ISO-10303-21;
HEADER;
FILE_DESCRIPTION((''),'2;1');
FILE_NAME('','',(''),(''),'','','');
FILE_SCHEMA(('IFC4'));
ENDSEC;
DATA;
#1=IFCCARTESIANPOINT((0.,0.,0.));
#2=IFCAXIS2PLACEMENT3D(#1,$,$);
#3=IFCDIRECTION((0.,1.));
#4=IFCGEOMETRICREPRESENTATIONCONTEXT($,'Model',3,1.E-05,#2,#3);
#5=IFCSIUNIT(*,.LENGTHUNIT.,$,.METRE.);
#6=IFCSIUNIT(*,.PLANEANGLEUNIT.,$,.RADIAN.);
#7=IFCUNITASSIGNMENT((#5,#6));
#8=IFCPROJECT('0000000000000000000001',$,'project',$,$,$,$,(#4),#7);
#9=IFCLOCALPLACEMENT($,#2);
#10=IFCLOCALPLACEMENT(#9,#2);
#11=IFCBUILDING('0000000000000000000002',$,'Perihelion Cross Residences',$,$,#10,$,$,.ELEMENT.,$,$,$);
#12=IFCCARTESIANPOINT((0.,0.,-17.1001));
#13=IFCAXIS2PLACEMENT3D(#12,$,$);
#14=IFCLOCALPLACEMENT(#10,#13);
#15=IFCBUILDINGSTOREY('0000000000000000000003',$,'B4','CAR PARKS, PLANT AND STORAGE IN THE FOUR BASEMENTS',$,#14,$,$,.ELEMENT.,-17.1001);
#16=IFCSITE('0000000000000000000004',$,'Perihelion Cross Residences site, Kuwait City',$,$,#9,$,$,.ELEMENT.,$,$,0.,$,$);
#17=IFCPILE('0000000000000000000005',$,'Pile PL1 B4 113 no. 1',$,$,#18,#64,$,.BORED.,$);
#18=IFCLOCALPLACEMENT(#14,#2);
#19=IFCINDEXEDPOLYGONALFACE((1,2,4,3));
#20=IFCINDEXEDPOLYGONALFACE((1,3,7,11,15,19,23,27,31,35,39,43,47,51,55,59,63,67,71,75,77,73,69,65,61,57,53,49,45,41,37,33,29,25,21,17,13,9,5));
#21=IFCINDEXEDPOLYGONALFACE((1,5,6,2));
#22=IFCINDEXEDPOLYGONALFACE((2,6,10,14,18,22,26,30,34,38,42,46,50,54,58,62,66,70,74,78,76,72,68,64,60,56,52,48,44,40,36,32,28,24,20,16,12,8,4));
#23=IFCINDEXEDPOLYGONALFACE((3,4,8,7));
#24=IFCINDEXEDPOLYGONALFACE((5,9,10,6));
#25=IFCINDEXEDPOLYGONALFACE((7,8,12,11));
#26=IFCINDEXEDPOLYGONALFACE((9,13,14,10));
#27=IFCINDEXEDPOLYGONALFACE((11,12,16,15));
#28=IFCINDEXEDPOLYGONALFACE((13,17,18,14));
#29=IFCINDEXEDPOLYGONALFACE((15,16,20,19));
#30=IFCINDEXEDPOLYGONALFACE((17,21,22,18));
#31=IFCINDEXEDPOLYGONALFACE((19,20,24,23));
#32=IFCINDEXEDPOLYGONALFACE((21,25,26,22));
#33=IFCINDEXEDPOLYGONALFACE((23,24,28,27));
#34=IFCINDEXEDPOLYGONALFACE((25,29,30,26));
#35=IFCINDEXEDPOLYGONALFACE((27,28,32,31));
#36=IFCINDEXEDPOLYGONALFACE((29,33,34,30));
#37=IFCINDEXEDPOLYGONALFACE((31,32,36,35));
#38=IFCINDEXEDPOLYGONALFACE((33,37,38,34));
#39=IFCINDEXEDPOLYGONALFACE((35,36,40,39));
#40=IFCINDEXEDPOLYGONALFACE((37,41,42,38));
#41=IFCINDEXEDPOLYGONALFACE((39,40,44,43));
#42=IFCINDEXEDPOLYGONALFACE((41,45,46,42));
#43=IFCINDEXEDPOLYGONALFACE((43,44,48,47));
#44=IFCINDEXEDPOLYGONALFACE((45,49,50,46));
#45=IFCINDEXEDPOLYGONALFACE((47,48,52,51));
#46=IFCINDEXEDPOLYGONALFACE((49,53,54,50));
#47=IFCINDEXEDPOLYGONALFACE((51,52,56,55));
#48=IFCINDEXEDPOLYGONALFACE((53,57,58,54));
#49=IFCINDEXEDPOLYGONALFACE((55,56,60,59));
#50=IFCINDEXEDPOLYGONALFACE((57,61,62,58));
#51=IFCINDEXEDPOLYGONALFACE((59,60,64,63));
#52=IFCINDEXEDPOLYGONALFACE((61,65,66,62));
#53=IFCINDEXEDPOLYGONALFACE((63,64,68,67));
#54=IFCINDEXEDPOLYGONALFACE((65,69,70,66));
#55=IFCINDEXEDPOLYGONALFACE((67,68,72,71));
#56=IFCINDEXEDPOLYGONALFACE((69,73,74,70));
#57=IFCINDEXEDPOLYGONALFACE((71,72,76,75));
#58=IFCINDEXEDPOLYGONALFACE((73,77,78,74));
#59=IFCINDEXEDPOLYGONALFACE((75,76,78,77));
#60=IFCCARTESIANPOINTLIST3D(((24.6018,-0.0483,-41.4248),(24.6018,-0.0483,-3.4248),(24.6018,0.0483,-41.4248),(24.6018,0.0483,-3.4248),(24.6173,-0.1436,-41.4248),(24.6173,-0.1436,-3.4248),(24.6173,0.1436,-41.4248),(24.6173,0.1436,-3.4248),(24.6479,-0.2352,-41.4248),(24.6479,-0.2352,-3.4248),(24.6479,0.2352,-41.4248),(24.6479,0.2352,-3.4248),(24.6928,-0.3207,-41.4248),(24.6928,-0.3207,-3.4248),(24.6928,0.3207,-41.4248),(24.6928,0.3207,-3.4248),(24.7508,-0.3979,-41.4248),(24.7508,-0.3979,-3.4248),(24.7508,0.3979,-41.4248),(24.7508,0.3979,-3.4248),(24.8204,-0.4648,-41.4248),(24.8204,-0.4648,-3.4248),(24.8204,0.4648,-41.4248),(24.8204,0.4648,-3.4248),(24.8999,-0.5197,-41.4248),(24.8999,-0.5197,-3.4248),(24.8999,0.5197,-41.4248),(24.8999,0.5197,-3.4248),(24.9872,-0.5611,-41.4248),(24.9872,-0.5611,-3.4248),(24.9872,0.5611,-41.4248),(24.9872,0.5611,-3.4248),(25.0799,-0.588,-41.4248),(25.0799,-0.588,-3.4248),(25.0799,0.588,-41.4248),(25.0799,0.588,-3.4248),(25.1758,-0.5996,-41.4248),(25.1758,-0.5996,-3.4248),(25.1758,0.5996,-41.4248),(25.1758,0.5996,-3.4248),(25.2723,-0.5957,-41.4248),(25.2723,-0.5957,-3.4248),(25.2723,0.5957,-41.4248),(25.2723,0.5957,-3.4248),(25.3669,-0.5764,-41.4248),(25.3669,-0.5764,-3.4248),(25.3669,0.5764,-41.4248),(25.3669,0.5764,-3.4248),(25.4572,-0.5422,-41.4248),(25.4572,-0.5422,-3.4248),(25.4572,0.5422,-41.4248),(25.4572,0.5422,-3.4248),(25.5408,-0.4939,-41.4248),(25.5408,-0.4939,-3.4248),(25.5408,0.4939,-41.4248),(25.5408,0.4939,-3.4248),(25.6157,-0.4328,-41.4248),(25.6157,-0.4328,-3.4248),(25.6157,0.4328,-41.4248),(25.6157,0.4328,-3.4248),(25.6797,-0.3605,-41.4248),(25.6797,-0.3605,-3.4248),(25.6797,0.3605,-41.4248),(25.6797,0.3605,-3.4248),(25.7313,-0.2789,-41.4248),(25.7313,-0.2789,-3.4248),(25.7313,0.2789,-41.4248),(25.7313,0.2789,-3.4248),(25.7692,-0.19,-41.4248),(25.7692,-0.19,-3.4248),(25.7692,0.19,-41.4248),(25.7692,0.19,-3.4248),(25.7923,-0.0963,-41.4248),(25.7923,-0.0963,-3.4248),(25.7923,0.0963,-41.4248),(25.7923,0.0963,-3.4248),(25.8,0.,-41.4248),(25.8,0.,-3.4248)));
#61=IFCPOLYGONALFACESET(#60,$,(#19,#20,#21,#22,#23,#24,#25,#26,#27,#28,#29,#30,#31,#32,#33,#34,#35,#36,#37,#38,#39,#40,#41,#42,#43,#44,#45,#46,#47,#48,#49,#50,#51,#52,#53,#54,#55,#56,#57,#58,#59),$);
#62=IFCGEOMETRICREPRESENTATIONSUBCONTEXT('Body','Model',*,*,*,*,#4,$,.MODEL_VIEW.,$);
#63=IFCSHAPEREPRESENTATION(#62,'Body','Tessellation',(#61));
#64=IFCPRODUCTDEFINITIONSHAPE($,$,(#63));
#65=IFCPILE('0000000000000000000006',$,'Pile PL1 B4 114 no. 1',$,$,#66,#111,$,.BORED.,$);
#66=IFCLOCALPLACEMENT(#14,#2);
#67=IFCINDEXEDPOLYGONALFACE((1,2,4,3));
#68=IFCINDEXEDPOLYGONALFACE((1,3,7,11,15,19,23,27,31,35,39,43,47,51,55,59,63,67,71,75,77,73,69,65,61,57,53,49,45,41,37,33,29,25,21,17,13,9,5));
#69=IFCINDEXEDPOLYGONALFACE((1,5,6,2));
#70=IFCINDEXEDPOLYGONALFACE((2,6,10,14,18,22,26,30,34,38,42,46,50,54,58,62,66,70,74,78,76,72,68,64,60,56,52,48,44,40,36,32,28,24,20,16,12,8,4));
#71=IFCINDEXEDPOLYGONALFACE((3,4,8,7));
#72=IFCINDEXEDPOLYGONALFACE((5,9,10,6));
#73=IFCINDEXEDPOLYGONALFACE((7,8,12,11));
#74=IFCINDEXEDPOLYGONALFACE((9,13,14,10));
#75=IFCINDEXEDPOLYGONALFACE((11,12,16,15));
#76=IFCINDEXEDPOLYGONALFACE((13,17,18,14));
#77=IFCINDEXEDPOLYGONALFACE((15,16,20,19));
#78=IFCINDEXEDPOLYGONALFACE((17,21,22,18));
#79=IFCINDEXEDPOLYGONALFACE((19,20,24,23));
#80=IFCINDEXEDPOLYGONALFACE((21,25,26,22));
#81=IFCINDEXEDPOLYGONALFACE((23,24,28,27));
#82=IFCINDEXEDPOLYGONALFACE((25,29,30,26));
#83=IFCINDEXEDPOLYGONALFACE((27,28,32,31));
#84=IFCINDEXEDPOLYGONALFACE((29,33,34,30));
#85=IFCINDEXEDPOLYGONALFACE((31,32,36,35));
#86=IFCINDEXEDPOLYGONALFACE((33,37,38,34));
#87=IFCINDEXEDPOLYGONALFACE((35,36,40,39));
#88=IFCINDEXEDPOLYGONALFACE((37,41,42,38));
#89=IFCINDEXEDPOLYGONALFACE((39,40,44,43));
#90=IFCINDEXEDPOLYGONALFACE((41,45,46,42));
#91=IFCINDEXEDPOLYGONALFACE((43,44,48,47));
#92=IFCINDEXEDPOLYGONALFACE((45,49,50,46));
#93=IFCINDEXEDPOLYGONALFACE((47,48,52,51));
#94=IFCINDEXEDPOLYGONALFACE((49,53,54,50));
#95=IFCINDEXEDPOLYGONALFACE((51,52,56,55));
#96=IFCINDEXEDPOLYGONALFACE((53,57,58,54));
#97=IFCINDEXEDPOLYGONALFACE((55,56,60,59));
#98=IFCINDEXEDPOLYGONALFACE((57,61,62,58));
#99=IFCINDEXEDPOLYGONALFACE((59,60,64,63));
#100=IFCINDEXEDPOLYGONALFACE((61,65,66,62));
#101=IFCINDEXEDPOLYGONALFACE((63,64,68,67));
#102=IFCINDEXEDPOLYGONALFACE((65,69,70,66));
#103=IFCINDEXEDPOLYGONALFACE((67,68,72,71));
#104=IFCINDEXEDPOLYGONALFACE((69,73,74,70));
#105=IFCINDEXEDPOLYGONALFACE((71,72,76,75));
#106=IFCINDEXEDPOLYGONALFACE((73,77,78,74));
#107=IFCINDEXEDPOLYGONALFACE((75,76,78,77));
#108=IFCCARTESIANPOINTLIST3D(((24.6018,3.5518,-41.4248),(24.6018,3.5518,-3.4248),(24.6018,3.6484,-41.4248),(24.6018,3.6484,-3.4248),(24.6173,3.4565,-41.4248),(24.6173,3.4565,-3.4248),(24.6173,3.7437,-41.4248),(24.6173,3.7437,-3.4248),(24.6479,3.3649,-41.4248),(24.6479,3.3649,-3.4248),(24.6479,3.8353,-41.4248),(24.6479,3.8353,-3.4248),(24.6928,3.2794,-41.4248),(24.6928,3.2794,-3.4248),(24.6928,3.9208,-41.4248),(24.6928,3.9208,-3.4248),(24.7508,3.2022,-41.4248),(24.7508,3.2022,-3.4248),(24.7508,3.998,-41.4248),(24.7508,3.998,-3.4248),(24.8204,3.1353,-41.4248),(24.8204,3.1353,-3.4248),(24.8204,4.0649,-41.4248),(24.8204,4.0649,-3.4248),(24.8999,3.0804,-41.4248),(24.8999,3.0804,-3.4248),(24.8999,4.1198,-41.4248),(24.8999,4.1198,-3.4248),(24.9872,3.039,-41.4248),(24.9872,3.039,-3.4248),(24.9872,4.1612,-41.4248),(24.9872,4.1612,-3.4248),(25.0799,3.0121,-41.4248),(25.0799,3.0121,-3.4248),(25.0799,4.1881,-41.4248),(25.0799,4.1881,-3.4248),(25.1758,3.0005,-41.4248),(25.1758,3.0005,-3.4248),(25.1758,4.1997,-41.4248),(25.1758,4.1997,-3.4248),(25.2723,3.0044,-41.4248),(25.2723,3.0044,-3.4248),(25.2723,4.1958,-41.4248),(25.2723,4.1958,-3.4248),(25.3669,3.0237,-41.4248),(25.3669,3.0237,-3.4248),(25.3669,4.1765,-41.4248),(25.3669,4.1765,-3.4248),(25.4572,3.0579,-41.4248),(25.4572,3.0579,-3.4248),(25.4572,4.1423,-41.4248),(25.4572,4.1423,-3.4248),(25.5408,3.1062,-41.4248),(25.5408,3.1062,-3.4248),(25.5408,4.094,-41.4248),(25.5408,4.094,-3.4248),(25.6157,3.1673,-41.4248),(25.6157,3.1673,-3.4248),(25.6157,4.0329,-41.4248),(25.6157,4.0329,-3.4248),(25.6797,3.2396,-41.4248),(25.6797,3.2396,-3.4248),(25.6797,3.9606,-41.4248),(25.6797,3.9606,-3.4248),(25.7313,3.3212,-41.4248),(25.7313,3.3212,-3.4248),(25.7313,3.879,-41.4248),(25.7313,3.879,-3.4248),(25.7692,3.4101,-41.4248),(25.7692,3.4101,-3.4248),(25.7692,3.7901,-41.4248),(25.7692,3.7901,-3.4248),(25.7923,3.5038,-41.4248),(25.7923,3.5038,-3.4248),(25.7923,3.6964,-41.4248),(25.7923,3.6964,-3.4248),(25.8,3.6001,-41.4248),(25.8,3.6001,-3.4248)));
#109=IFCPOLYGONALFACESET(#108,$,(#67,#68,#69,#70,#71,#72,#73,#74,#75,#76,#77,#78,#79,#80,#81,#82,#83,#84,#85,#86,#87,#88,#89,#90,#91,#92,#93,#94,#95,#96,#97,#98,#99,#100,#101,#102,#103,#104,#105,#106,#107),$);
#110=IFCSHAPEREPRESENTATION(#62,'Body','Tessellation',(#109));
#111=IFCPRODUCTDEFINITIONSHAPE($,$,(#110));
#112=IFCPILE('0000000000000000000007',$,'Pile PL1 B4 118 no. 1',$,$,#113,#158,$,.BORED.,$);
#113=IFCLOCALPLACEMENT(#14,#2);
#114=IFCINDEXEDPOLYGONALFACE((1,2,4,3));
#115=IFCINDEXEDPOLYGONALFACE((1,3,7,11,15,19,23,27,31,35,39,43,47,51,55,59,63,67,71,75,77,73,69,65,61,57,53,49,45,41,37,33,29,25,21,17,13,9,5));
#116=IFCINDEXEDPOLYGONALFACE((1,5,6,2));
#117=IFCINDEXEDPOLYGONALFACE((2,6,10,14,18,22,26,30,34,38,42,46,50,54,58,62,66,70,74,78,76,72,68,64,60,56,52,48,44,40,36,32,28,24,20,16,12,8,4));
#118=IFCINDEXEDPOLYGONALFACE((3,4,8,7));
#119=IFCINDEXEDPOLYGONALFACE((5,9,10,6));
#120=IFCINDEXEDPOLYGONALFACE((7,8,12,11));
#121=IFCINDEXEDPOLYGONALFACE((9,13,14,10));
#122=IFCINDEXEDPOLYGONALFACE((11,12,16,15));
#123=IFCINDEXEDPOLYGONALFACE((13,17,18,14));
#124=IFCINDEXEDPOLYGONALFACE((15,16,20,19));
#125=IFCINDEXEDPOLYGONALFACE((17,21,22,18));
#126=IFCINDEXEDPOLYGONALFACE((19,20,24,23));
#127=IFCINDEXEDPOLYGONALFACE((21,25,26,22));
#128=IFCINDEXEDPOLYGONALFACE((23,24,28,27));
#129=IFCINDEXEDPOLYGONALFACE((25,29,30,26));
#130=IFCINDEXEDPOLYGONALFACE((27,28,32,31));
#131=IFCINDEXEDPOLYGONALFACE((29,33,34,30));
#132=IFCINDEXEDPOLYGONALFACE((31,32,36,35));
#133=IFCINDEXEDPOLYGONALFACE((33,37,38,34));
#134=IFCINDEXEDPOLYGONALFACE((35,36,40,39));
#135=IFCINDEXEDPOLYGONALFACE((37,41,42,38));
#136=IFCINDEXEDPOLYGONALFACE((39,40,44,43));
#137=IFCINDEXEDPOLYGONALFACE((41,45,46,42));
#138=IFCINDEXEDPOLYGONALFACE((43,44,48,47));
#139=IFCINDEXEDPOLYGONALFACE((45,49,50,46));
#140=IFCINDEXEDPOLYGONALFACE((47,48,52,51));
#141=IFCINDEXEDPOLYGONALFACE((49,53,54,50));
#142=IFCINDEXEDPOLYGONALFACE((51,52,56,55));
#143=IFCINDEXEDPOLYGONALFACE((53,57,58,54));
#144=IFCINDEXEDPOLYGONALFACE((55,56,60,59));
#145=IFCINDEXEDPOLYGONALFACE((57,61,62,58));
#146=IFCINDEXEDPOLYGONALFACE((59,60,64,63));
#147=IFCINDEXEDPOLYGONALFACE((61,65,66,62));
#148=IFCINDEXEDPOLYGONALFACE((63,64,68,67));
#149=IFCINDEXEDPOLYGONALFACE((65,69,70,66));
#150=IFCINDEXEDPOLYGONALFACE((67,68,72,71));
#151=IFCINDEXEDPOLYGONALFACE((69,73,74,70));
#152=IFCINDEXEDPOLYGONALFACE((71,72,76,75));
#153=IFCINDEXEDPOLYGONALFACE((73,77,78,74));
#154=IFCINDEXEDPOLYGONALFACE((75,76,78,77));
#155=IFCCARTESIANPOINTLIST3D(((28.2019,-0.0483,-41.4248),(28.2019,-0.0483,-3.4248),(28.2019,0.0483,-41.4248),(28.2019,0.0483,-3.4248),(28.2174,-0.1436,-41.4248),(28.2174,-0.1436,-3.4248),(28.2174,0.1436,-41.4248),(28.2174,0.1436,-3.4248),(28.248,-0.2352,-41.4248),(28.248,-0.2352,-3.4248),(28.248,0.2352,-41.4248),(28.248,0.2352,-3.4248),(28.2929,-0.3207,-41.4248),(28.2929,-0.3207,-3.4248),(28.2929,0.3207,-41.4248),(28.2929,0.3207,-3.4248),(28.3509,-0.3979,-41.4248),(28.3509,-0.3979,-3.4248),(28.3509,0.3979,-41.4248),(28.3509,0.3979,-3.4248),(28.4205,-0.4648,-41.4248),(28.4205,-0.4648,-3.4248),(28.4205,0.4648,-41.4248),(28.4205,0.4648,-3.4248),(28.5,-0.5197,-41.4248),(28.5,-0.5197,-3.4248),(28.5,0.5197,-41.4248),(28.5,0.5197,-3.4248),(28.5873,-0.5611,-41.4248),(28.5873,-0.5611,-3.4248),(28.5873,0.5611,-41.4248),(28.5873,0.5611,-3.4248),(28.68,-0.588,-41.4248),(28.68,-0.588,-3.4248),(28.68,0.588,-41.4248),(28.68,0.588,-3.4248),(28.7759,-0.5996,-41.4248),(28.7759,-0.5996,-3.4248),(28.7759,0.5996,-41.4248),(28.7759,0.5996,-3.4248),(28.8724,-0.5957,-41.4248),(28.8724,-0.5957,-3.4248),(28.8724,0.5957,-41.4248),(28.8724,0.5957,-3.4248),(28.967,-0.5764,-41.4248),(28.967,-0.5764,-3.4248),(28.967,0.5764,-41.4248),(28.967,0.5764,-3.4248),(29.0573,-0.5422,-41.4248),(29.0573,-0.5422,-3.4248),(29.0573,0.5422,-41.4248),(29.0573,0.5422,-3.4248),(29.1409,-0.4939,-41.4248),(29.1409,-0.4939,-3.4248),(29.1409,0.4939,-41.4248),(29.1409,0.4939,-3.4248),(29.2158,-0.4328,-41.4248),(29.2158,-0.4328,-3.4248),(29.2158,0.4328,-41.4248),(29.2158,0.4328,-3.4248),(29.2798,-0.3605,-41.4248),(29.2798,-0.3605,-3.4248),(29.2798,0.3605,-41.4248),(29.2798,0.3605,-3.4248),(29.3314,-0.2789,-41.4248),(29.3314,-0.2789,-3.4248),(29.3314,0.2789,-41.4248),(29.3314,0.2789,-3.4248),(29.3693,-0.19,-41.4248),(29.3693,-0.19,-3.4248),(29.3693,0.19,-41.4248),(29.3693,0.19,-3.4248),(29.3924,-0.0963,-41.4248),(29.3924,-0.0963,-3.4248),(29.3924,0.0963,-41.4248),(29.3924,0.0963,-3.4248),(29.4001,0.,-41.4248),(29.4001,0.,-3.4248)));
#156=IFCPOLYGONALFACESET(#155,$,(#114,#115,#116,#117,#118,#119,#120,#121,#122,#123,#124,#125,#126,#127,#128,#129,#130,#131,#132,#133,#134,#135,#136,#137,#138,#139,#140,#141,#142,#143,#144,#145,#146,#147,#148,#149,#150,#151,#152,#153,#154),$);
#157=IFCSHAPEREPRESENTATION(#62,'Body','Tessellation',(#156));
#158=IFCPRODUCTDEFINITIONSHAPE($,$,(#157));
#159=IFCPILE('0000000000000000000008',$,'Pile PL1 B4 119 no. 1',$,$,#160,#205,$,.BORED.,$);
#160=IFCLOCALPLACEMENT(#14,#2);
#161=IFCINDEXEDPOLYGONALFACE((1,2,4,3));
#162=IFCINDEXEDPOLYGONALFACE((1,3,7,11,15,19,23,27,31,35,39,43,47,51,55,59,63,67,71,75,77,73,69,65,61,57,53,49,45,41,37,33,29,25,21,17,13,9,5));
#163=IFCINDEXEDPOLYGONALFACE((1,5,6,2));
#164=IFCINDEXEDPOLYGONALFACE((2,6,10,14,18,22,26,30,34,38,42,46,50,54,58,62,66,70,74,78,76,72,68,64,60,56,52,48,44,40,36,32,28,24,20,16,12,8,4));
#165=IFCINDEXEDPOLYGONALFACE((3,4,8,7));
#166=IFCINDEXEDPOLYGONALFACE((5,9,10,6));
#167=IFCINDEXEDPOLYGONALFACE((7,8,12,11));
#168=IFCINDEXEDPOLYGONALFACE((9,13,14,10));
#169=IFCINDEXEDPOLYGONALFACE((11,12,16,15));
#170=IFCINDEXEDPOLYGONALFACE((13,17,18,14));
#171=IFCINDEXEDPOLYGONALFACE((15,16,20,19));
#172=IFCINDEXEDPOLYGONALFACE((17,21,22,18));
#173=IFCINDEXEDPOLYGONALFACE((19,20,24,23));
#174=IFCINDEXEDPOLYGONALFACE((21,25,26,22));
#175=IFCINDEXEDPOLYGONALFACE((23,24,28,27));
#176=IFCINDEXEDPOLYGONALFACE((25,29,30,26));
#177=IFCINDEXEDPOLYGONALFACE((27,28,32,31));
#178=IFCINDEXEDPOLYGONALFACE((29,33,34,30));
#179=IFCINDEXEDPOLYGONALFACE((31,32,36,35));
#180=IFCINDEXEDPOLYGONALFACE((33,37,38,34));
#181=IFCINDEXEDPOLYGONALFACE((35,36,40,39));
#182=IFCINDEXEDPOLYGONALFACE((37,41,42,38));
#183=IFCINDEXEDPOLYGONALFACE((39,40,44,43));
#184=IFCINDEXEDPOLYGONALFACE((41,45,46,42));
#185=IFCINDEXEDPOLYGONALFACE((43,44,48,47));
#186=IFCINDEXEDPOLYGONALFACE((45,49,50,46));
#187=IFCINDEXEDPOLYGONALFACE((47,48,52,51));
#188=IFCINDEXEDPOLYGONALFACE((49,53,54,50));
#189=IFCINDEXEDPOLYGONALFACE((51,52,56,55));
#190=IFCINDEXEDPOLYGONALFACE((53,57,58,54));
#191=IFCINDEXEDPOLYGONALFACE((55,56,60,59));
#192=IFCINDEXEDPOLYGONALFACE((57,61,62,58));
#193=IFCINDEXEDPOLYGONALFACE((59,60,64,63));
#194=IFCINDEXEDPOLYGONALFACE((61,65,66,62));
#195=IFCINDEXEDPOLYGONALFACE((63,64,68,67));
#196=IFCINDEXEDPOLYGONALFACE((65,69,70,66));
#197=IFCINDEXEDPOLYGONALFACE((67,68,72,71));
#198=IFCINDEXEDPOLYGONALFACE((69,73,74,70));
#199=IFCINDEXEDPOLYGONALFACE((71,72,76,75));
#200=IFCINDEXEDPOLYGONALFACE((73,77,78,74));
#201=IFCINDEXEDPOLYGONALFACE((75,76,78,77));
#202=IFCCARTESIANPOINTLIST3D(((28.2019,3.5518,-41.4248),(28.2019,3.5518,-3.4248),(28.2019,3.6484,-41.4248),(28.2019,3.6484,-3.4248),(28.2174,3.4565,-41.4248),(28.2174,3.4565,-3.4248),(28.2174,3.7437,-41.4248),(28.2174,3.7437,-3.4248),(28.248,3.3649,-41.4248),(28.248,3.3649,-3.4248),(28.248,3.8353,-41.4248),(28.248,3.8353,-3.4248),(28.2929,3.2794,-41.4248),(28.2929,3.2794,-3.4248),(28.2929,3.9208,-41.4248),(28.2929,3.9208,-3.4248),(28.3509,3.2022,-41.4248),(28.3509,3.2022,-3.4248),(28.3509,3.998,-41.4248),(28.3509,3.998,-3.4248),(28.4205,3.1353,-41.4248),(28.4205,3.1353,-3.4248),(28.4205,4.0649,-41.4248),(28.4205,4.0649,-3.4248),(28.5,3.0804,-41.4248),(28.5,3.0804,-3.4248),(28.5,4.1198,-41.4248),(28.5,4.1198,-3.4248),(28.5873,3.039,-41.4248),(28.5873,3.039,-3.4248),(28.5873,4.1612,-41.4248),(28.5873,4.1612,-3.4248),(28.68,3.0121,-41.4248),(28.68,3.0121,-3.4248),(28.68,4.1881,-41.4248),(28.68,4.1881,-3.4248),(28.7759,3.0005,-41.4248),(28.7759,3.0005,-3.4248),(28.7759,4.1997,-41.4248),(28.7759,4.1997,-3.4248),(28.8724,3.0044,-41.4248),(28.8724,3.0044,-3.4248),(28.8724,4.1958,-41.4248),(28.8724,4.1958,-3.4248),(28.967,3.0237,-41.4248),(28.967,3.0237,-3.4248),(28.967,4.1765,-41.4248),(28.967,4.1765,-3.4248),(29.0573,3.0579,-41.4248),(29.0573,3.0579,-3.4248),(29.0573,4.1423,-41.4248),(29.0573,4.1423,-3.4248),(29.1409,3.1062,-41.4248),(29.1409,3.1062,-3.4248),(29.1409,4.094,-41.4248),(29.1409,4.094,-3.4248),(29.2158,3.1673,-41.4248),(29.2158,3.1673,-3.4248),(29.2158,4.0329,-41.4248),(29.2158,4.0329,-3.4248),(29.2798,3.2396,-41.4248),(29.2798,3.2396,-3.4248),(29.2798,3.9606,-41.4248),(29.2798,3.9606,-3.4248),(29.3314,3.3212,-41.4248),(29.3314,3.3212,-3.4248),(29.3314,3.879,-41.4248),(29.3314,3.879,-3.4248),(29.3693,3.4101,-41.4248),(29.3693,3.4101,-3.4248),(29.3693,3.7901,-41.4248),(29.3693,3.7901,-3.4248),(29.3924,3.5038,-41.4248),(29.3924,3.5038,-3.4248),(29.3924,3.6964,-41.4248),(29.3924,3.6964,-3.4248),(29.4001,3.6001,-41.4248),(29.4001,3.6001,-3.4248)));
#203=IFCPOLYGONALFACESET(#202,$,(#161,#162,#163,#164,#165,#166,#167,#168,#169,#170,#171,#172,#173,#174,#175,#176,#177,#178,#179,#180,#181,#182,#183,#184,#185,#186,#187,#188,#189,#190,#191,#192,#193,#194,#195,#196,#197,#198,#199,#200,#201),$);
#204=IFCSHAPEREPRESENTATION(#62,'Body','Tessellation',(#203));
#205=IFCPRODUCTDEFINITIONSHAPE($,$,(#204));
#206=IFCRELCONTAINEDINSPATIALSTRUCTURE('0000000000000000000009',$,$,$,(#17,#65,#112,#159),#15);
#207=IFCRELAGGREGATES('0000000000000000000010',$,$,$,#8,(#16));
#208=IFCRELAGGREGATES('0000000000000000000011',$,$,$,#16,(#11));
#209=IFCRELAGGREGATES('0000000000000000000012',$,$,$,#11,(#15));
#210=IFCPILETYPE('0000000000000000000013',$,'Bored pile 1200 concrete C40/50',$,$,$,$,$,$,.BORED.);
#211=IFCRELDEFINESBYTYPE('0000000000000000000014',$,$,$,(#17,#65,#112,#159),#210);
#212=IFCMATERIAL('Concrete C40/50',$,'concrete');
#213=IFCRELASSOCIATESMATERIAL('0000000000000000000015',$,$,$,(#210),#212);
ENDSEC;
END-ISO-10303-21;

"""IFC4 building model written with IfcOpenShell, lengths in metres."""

from ifc_helpers import new_model, si_unit, direction, frame, origin, origin_2d, place, context, subcontext, project, spatial, circle, extrude, material, type_object, element, save


model = new_model("IFC4")

# Units and contexts
model_context = context("Model", 3, precision=1e-05, world=origin(), true_north=direction((0.0, 1.0)))
body_context = subcontext(model_context, "Body", "Model", "MODEL_VIEW")
ifc_project = project(units=[si_unit("LENGTHUNIT", "METRE"), si_unit("PLANEANGLEUNIT", "RADIAN")], contexts=[model_context])

# Site, building, storey
site_placement = place(None, origin())
site = spatial("IfcSite", under=ifc_project, at=site_placement, Name="Perihelion Cross Residences site, Kuwait City", CompositionType="ELEMENT", RefElevation=0.0)
building_placement = place(site_placement, origin())
building = spatial("IfcBuilding", under=site, at=building_placement, Name="Perihelion Cross Residences", CompositionType="ELEMENT")
storey_placement = place(building_placement, frame((0.0, 0.0, -17.1001)))
storey = spatial("IfcBuildingStorey", under=building, at=storey_placement, Name="B4", Description="CAR PARKS, PLANT AND STORAGE IN THE FOUR BASEMENTS", CompositionType="ELEMENT", Elevation=-17.1001)

# Piles
ifc_material_1 = material(Name="Concrete C40/50", Category="concrete")
pile_type = type_object("IfcPileType", Name="Bored pile 1200 concrete C40/50", PredefinedType="BORED", material=ifc_material_1)
for number, where, z_axis, x_axis, name in (
    (1, (25.2, 0.0, -3.4248), (0.0, 0.0, -1.0), (1.0, 0.0, 0.0), "Pile PL1 B4 113 no. 1"),
    (2, (25.2, 3.6001, -3.4248), (0.0, 0.0, -1.0), (1.0, 0.0, 0.0), "Pile PL1 B4 114 no. 1"),
    (3, (28.8, 0.0, -3.4248), (0.0, 0.0, -1.0), (1.0, 0.0, 0.0), "Pile PL1 B4 118 no. 1"),
    (4, (28.8, 3.6001, -3.4248), (0.0, 0.0, -1.0), (1.0, 0.0, 0.0), "Pile PL1 B4 119 no. 1"),
):
    element("IfcPile", number, at=place(storey_placement, frame(where, z_axis=z_axis, x_axis=x_axis)), inside=storey, type_object=pile_type, Name=name, PredefinedType="BORED", context=body_context, shape_type="SweptSolid", body=[
        extrude(circle(Radius=0.6001, at=origin_2d()), origin(), (0.0, 0.0, 1.0), 38.0),
    ])

save(model, "model.ifc")
